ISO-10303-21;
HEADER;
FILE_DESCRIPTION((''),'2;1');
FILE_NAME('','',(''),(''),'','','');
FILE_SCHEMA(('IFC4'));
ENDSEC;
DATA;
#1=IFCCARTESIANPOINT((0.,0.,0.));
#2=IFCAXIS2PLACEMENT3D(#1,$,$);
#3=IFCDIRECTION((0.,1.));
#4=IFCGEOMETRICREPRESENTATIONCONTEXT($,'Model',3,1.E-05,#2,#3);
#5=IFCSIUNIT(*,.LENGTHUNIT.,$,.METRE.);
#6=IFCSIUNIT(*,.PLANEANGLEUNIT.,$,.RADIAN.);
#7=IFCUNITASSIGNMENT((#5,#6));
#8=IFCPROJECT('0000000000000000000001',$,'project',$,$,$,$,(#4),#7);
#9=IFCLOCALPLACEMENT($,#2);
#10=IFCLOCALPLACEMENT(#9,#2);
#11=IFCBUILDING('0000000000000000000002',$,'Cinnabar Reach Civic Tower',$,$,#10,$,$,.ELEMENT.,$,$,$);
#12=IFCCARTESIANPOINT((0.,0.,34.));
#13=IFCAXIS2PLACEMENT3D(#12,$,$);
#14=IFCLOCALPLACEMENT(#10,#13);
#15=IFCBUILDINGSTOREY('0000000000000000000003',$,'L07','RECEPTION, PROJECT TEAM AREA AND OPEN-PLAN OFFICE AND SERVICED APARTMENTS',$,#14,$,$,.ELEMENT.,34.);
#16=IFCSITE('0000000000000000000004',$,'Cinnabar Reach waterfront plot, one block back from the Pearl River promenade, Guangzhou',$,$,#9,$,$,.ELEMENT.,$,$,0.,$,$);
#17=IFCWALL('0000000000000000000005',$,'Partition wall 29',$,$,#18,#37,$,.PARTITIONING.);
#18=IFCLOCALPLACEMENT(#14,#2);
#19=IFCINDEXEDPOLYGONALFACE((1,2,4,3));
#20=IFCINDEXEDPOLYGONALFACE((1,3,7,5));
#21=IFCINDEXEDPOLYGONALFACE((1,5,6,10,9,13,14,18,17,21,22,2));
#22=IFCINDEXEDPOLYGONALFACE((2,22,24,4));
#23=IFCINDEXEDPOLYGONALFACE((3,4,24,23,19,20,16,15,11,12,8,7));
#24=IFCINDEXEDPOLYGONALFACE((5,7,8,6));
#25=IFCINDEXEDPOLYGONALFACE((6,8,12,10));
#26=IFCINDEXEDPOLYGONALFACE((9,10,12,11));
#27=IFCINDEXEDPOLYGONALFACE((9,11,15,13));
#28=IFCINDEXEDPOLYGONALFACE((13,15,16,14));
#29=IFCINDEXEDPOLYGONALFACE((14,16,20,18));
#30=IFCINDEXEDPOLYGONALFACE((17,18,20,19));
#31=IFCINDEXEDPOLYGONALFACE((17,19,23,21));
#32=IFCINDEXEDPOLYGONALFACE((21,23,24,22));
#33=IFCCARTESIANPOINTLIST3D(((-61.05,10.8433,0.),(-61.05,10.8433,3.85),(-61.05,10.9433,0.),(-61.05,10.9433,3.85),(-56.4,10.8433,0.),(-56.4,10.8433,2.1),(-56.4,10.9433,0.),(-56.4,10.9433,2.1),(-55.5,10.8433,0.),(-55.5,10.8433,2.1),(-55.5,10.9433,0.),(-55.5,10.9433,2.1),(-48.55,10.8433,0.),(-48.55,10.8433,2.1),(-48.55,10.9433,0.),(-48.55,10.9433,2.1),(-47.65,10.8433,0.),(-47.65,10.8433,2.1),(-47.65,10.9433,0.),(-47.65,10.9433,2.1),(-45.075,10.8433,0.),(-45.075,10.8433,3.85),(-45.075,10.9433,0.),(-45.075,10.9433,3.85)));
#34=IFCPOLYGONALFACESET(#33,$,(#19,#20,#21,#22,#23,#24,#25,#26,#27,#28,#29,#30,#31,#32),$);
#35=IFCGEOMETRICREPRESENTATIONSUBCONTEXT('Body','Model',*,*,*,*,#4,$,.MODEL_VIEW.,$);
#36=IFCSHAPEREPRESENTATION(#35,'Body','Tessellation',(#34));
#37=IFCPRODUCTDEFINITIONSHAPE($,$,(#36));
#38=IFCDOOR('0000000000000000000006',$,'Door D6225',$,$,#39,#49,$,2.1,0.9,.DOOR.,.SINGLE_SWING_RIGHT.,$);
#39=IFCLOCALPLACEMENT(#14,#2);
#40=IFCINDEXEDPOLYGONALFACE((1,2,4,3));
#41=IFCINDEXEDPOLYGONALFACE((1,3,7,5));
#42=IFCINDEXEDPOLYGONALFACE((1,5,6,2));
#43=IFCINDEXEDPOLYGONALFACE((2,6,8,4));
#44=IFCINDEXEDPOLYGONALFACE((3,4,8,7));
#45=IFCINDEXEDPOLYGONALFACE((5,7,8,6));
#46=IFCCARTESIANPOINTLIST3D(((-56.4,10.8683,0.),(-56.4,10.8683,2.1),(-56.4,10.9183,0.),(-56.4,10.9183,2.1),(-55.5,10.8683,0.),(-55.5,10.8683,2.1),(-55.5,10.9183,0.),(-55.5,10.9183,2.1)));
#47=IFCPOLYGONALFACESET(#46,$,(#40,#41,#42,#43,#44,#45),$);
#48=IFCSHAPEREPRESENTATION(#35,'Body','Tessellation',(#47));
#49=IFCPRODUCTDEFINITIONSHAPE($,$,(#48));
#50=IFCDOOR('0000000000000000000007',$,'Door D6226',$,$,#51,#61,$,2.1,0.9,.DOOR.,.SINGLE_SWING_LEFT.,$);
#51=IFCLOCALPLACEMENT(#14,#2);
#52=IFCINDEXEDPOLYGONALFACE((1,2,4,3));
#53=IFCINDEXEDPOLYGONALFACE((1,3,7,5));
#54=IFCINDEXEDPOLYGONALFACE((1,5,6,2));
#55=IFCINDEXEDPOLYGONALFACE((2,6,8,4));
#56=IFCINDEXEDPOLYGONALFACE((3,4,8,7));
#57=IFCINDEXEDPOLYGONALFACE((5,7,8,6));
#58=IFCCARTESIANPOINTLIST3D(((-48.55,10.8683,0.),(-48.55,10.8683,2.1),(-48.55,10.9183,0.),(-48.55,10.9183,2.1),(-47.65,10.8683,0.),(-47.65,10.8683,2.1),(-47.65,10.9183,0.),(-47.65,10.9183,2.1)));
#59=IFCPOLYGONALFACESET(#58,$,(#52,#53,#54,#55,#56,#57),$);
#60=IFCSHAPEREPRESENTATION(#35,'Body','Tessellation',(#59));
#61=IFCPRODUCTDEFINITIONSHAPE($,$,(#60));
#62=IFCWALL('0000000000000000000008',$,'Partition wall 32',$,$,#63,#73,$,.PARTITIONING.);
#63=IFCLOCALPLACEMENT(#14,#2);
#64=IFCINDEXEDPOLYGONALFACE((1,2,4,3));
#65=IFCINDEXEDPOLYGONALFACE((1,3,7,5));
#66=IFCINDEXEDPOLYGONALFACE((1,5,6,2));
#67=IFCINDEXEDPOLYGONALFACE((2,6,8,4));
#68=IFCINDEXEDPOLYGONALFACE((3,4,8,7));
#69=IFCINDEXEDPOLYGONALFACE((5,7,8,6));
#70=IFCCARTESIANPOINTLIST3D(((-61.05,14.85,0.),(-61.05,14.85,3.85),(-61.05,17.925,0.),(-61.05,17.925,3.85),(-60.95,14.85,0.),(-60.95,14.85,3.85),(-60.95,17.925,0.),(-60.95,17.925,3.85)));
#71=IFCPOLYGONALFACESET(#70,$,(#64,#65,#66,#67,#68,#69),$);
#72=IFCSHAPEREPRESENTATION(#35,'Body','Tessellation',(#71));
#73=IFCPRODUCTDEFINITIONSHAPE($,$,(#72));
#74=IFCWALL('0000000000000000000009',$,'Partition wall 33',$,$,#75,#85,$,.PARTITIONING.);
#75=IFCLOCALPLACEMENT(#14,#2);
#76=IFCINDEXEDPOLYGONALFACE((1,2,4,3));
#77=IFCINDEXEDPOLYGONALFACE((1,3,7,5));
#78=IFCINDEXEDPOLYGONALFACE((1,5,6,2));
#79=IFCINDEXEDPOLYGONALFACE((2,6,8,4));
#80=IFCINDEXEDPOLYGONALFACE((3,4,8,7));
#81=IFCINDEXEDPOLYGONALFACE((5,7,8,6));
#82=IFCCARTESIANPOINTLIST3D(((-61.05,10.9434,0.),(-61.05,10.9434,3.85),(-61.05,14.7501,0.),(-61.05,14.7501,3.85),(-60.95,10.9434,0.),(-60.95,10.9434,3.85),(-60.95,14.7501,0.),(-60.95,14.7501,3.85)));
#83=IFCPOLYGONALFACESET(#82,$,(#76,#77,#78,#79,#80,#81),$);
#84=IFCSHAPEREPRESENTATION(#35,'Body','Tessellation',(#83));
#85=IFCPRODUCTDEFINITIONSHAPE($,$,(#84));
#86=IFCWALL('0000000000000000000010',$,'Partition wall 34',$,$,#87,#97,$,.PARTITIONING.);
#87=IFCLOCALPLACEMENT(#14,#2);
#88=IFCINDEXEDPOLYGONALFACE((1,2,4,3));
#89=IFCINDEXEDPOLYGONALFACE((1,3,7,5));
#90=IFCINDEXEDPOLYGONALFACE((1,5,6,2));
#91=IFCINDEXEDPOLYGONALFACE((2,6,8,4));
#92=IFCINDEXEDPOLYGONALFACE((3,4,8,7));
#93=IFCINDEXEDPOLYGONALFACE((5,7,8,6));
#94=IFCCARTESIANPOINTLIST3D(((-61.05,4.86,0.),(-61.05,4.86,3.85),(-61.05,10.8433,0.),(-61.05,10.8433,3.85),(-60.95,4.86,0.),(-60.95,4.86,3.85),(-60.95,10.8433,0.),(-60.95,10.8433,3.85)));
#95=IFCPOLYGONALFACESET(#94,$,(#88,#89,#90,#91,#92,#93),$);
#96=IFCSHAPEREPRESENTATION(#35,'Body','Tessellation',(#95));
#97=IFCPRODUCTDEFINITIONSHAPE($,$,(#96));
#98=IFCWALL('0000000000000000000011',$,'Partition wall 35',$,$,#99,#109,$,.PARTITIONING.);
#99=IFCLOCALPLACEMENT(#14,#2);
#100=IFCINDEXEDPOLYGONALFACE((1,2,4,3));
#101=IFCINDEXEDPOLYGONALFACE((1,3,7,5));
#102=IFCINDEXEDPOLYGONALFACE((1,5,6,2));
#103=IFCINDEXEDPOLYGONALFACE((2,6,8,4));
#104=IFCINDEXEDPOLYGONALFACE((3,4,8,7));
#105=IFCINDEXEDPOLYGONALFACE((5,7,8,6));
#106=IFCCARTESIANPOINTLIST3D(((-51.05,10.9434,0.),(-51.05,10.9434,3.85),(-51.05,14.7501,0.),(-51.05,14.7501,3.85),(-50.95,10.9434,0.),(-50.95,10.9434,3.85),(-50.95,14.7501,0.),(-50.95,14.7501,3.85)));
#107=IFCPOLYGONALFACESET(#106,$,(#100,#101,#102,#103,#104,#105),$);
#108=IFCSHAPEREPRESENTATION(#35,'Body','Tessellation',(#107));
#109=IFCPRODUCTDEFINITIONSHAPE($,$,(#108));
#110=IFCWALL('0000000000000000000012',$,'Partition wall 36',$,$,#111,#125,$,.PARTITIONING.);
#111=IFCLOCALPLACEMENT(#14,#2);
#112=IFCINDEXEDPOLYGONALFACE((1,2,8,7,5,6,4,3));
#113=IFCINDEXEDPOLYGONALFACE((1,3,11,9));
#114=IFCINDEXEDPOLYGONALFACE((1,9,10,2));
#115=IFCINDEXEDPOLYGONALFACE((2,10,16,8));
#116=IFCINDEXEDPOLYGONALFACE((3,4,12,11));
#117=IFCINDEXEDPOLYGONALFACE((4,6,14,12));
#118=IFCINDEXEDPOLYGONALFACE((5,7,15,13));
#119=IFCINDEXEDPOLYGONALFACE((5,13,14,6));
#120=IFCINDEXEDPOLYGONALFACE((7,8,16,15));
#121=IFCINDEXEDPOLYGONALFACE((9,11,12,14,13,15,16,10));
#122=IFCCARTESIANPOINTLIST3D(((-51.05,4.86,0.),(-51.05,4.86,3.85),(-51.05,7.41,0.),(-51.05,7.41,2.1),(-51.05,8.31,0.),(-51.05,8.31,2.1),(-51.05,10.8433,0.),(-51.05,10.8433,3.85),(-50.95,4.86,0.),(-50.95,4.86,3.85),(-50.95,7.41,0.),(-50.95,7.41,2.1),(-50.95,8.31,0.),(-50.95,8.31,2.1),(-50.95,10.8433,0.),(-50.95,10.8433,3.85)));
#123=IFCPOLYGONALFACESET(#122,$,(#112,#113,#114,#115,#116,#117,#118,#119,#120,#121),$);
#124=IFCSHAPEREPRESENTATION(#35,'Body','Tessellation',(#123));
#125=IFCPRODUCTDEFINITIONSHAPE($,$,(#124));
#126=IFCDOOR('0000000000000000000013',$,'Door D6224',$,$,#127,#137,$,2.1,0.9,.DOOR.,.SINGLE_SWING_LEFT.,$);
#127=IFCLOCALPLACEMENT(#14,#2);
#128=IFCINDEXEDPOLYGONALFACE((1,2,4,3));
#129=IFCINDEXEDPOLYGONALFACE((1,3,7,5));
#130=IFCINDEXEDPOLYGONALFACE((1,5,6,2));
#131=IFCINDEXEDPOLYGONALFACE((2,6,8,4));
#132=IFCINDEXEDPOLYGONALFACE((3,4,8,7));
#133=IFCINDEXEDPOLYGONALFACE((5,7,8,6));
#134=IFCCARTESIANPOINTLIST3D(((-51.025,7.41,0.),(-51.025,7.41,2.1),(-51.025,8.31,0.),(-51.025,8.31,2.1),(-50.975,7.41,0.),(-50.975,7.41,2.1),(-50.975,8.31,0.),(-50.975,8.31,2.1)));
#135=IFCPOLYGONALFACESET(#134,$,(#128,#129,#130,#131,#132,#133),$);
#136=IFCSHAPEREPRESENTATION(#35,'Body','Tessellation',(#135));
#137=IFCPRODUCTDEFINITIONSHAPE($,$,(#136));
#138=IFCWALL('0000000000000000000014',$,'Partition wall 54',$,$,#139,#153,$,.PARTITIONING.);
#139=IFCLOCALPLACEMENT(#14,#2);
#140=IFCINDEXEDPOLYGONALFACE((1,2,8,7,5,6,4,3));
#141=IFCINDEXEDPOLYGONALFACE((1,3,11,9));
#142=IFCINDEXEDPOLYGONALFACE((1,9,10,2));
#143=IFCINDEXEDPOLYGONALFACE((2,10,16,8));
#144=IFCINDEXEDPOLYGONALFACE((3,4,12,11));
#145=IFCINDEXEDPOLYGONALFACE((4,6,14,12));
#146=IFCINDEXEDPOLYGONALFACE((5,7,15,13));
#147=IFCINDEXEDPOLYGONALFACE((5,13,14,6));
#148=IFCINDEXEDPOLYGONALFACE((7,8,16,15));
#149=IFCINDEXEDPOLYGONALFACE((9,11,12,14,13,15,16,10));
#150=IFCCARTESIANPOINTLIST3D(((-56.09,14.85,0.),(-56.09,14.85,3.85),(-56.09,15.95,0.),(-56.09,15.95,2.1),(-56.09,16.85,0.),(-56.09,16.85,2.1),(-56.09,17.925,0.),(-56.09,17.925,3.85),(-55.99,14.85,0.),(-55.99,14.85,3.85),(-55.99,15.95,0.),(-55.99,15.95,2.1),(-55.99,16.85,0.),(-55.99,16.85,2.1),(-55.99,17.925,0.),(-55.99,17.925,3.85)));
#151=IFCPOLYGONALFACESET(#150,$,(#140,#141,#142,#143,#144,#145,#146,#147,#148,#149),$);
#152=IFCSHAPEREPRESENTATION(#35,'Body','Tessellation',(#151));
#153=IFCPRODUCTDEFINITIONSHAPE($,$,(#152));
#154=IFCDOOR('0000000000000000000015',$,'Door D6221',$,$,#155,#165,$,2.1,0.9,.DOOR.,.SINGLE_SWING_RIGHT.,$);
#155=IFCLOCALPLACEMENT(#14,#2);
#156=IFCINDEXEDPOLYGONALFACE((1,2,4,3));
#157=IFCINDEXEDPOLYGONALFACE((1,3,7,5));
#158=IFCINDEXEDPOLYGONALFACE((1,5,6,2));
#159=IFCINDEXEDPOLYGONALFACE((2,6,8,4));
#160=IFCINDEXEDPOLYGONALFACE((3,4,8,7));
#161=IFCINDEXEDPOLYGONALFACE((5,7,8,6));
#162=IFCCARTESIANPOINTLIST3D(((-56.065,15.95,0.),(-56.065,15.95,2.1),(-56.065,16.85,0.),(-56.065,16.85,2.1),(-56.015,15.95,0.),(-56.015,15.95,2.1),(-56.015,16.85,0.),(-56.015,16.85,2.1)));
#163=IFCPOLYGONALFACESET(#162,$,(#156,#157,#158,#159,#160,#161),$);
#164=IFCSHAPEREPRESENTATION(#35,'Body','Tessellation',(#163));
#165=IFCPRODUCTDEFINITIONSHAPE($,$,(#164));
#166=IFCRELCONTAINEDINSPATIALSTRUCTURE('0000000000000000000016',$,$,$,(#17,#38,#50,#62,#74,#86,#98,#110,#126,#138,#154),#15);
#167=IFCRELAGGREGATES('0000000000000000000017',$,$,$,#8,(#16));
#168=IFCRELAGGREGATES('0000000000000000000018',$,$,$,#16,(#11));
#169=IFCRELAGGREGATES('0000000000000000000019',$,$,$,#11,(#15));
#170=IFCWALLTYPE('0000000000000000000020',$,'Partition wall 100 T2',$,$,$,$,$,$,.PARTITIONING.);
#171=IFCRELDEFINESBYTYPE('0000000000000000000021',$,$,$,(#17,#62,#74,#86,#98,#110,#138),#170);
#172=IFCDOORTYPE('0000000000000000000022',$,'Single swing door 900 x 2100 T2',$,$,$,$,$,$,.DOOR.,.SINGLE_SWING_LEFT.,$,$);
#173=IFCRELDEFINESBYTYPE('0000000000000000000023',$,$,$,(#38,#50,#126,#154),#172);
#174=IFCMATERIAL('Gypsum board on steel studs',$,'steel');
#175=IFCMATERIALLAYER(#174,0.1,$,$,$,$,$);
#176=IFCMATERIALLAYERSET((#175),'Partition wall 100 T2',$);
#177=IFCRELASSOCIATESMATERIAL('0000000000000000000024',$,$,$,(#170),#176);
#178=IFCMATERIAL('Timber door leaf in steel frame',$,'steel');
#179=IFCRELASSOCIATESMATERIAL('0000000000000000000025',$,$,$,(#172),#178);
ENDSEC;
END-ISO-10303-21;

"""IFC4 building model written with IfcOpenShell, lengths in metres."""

from ifc_helpers import new_model, si_unit, direction, frame, frame_2d, origin, place, context, subcontext, project, spatial, rectangle, extrude, material, layer, layer_set, type_object, element, fill, save


model = new_model("IFC4")

# Units and contexts
model_context = context("Model", 3, precision=1e-05, world=origin(), true_north=direction((0.0, 1.0)))
body_context = subcontext(model_context, "Body", "Model", "MODEL_VIEW")
ifc_project = project(units=[si_unit("LENGTHUNIT", "METRE"), si_unit("PLANEANGLEUNIT", "RADIAN")], contexts=[model_context])

# Site, building, storey
site_placement = place(None, origin())
site = spatial("IfcSite", under=ifc_project, at=site_placement, Name="Cinnabar Reach waterfront plot, one block back from the Pearl River promenade, Guangzhou", CompositionType="ELEMENT", RefElevation=0.0)
building_placement = place(site_placement, origin())
building = spatial("IfcBuilding", under=site, at=building_placement, Name="Cinnabar Reach Civic Tower", CompositionType="ELEMENT")
storey_placement = place(building_placement, frame((0.0, 0.0, 34.0)))
storey = spatial("IfcBuildingStorey", under=building, at=storey_placement, Name="L07", Description="RECEPTION, PROJECT TEAM AREA AND OPEN-PLAN OFFICE AND SERVICED APARTMENTS", CompositionType="ELEMENT", Elevation=34.0)

# Shared definitions
ifc_material_1 = material(Name="Gypsum board on steel studs", Category="steel")
ifc_layer_1 = layer(ifc_material_1, 0.1)
ifc_layer_set_1 = layer_set([ifc_layer_1], Name="Partition wall 100 T2")
wall_type_1 = type_object("IfcWallType", Name="Partition wall 100 T2", PredefinedType="PARTITIONING", material=ifc_layer_set_1)
ifc_material_2 = material(Name="Timber door leaf in steel frame", Category="steel")
door_type = type_object("IfcDoorType", Name="Single swing door 900 x 2100 T2", OperationType="SINGLE_SWING_LEFT", PredefinedType="DOOR", material=ifc_material_2)

# Wall, openings, doors
wall_1_placement = place(storey_placement, frame((-61.05, 10.8933, 0.0), z_axis=(0.0, 0.0, 1.0), x_axis=(1.0, 0.0, 0.0)))
wall_1 = element("IfcWall", 1, at=wall_1_placement, inside=storey, type_object=wall_type_1, Name="Partition wall 29", PredefinedType="PARTITIONING", context=body_context, shape_type="SweptSolid", body=[
    extrude(rectangle(XDim=15.975, YDim=0.1, at=frame_2d((7.9875, 0.0))), origin(), (0.0, 0.0, 1.0), 3.85),
])
opening_1_placement = place(wall_1_placement, frame((4.65, 0.0, 0.0)))
opening_1 = element("IfcOpeningElement", 2, at=opening_1_placement, cuts=wall_1, PredefinedType="OPENING", context=body_context, shape_type="SweptSolid", body=[
    extrude(rectangle(XDim=0.9, YDim=2.1, at=frame_2d((0.45, 1.05))), frame((0.0, 0.06, 0.0), z_axis=(0.0, -1.0, 0.0), x_axis=(1.0, 0.0, 0.0)), (0.0, 0.0, 1.0), 0.12),
])
opening_2_placement = place(wall_1_placement, frame((12.5, 0.0, 0.0)))
opening_2 = element("IfcOpeningElement", 3, at=opening_2_placement, cuts=wall_1, PredefinedType="OPENING", context=body_context, shape_type="SweptSolid", body=[
    extrude(rectangle(XDim=0.9, YDim=2.1, at=frame_2d((0.45, 1.05))), frame((0.0, 0.06, 0.0), z_axis=(0.0, -1.0, 0.0), x_axis=(1.0, 0.0, 0.0)), (0.0, 0.0, 1.0), 0.12),
])
door_1_placement = place(opening_1_placement, origin())
door_1 = element("IfcDoor", 4, at=door_1_placement, inside=storey, type_object=door_type, Name="Door D6225", OperationType="SINGLE_SWING_RIGHT", OverallHeight=2.1, OverallWidth=0.9, PredefinedType="DOOR", context=body_context, shape_type="SweptSolid", body=[
    extrude(rectangle(XDim=0.9, YDim=2.1, at=frame_2d((0.45, 1.05))), frame((0.0, 0.025, 0.0), z_axis=(0.0, -1.0, 0.0), x_axis=(1.0, 0.0, 0.0)), (0.0, 0.0, 1.0), 0.05),
])
fill(opening_1, door_1)
door_2_placement = place(opening_2_placement, frame((0.9, 0.0, 0.0), z_axis=(0.0, 0.0, 1.0), x_axis=(-1.0, 0.0, 0.0)))
door_2 = element("IfcDoor", 5, at=door_2_placement, inside=storey, type_object=door_type, Name="Door D6226", OperationType="SINGLE_SWING_LEFT", OverallHeight=2.1, OverallWidth=0.9, PredefinedType="DOOR", context=body_context, shape_type="SweptSolid", body=[
    extrude(rectangle(XDim=0.9, YDim=2.1, at=frame_2d((0.45, 1.05))), frame((0.0, 0.025, 0.0), z_axis=(0.0, -1.0, 0.0), x_axis=(1.0, 0.0, 0.0)), (0.0, 0.0, 1.0), 0.05),
])
fill(opening_2, door_2)

# Walls
wall_2_placement = place(storey_placement, frame((-61.0, 14.85, 0.0), z_axis=(0.0, 0.0, 1.0), x_axis=(0.0, 1.0, 0.0)))
element("IfcWall", 6, at=wall_2_placement, inside=storey, type_object=wall_type_1, Name="Partition wall 32", PredefinedType="PARTITIONING", context=body_context, shape_type="SweptSolid", body=[
    extrude(rectangle(XDim=3.075, YDim=0.1, at=frame_2d((1.5375, 0.0))), origin(), (0.0, 0.0, 1.0), 3.85),
])
wall_3_placement = place(storey_placement, frame((-61.0, 10.9433, 0.0), z_axis=(0.0, 0.0, 1.0), x_axis=(0.0, 1.0, 0.0)))
element("IfcWall", 7, at=wall_3_placement, inside=storey, type_object=wall_type_1, Name="Partition wall 33", PredefinedType="PARTITIONING", context=body_context, shape_type="SweptSolid", body=[
    extrude(rectangle(XDim=3.8067, YDim=0.1, at=frame_2d((1.9034, 0.0))), origin(), (0.0, 0.0, 1.0), 3.85),
])
wall_4_placement = place(storey_placement, frame((-61.0, 4.86, 0.0), z_axis=(0.0, 0.0, 1.0), x_axis=(0.0, 1.0, 0.0)))
element("IfcWall", 8, at=wall_4_placement, inside=storey, type_object=wall_type_1, Name="Partition wall 34", PredefinedType="PARTITIONING", context=body_context, shape_type="SweptSolid", body=[
    extrude(rectangle(XDim=5.9833, YDim=0.1, at=frame_2d((2.9916, 0.0))), origin(), (0.0, 0.0, 1.0), 3.85),
])
wall_5_placement = place(storey_placement, frame((-51.0, 10.9433, 0.0), z_axis=(0.0, 0.0, 1.0), x_axis=(0.0, 1.0, 0.0)))
element("IfcWall", 9, at=wall_5_placement, inside=storey, type_object=wall_type_1, Name="Partition wall 35", PredefinedType="PARTITIONING", context=body_context, shape_type="SweptSolid", body=[
    extrude(rectangle(XDim=3.8067, YDim=0.1, at=frame_2d((1.9034, 0.0))), origin(), (0.0, 0.0, 1.0), 3.85),
])

# Walls, openings, doors
wall_6_placement = place(storey_placement, frame((-51.0, 4.86, 0.0), z_axis=(0.0, 0.0, 1.0), x_axis=(0.0, 1.0, 0.0)))
wall_6 = element("IfcWall", 10, at=wall_6_placement, inside=storey, type_object=wall_type_1, Name="Partition wall 36", PredefinedType="PARTITIONING", context=body_context, shape_type="SweptSolid", body=[
    extrude(rectangle(XDim=5.9833, YDim=0.1, at=frame_2d((2.9916, 0.0))), origin(), (0.0, 0.0, 1.0), 3.85),
])
opening_3_placement = place(wall_6_placement, frame((2.55, 0.0, 0.0)))
opening_3 = element("IfcOpeningElement", 11, at=opening_3_placement, cuts=wall_6, PredefinedType="OPENING", context=body_context, shape_type="SweptSolid", body=[
    extrude(rectangle(XDim=0.9, YDim=2.1, at=frame_2d((0.45, 1.05))), frame((0.0, 0.06, 0.0), z_axis=(0.0, -1.0, 0.0), x_axis=(1.0, 0.0, 0.0)), (0.0, 0.0, 1.0), 0.12),
])
door_3_placement = place(opening_3_placement, frame((0.9, 0.0, 0.0), z_axis=(0.0, 0.0, 1.0), x_axis=(-1.0, 0.0, 0.0)))
door_3 = element("IfcDoor", 12, at=door_3_placement, inside=storey, type_object=door_type, Name="Door D6224", OperationType="SINGLE_SWING_LEFT", OverallHeight=2.1, OverallWidth=0.9, PredefinedType="DOOR", context=body_context, shape_type="SweptSolid", body=[
    extrude(rectangle(XDim=0.9, YDim=2.1, at=frame_2d((0.45, 1.05))), frame((0.0, 0.025, 0.0), z_axis=(0.0, -1.0, 0.0), x_axis=(1.0, 0.0, 0.0)), (0.0, 0.0, 1.0), 0.05),
])
fill(opening_3, door_3)
wall_7_placement = place(storey_placement, frame((-56.04, 14.85, 0.0), z_axis=(0.0, 0.0, 1.0), x_axis=(0.0, 1.0, 0.0)))
wall_7 = element("IfcWall", 13, at=wall_7_placement, inside=storey, type_object=wall_type_1, Name="Partition wall 54", PredefinedType="PARTITIONING", context=body_context, shape_type="SweptSolid", body=[
    extrude(rectangle(XDim=3.075, YDim=0.1, at=frame_2d((1.5375, 0.0))), origin(), (0.0, 0.0, 1.0), 3.85),
])
opening_4_placement = place(wall_7_placement, frame((1.1, 0.0, 0.0)))
opening_4 = element("IfcOpeningElement", 14, at=opening_4_placement, cuts=wall_7, PredefinedType="OPENING", context=body_context, shape_type="SweptSolid", body=[
    extrude(rectangle(XDim=0.9, YDim=2.1, at=frame_2d((0.45, 1.05))), frame((0.0, 0.06, 0.0), z_axis=(0.0, -1.0, 0.0), x_axis=(1.0, 0.0, 0.0)), (0.0, 0.0, 1.0), 0.12),
])
door_4_placement = place(opening_4_placement, origin())
door_4 = element("IfcDoor", 15, at=door_4_placement, inside=storey, type_object=door_type, Name="Door D6221", OperationType="SINGLE_SWING_RIGHT", OverallHeight=2.1, OverallWidth=0.9, PredefinedType="DOOR", context=body_context, shape_type="SweptSolid", body=[
    extrude(rectangle(XDim=0.9, YDim=2.1, at=frame_2d((0.45, 1.05))), frame((0.0, 0.025, 0.0), z_axis=(0.0, -1.0, 0.0), x_axis=(1.0, 0.0, 0.0)), (0.0, 0.0, 1.0), 0.05),
])
fill(opening_4, door_4)

save(model, "model.ifc")
